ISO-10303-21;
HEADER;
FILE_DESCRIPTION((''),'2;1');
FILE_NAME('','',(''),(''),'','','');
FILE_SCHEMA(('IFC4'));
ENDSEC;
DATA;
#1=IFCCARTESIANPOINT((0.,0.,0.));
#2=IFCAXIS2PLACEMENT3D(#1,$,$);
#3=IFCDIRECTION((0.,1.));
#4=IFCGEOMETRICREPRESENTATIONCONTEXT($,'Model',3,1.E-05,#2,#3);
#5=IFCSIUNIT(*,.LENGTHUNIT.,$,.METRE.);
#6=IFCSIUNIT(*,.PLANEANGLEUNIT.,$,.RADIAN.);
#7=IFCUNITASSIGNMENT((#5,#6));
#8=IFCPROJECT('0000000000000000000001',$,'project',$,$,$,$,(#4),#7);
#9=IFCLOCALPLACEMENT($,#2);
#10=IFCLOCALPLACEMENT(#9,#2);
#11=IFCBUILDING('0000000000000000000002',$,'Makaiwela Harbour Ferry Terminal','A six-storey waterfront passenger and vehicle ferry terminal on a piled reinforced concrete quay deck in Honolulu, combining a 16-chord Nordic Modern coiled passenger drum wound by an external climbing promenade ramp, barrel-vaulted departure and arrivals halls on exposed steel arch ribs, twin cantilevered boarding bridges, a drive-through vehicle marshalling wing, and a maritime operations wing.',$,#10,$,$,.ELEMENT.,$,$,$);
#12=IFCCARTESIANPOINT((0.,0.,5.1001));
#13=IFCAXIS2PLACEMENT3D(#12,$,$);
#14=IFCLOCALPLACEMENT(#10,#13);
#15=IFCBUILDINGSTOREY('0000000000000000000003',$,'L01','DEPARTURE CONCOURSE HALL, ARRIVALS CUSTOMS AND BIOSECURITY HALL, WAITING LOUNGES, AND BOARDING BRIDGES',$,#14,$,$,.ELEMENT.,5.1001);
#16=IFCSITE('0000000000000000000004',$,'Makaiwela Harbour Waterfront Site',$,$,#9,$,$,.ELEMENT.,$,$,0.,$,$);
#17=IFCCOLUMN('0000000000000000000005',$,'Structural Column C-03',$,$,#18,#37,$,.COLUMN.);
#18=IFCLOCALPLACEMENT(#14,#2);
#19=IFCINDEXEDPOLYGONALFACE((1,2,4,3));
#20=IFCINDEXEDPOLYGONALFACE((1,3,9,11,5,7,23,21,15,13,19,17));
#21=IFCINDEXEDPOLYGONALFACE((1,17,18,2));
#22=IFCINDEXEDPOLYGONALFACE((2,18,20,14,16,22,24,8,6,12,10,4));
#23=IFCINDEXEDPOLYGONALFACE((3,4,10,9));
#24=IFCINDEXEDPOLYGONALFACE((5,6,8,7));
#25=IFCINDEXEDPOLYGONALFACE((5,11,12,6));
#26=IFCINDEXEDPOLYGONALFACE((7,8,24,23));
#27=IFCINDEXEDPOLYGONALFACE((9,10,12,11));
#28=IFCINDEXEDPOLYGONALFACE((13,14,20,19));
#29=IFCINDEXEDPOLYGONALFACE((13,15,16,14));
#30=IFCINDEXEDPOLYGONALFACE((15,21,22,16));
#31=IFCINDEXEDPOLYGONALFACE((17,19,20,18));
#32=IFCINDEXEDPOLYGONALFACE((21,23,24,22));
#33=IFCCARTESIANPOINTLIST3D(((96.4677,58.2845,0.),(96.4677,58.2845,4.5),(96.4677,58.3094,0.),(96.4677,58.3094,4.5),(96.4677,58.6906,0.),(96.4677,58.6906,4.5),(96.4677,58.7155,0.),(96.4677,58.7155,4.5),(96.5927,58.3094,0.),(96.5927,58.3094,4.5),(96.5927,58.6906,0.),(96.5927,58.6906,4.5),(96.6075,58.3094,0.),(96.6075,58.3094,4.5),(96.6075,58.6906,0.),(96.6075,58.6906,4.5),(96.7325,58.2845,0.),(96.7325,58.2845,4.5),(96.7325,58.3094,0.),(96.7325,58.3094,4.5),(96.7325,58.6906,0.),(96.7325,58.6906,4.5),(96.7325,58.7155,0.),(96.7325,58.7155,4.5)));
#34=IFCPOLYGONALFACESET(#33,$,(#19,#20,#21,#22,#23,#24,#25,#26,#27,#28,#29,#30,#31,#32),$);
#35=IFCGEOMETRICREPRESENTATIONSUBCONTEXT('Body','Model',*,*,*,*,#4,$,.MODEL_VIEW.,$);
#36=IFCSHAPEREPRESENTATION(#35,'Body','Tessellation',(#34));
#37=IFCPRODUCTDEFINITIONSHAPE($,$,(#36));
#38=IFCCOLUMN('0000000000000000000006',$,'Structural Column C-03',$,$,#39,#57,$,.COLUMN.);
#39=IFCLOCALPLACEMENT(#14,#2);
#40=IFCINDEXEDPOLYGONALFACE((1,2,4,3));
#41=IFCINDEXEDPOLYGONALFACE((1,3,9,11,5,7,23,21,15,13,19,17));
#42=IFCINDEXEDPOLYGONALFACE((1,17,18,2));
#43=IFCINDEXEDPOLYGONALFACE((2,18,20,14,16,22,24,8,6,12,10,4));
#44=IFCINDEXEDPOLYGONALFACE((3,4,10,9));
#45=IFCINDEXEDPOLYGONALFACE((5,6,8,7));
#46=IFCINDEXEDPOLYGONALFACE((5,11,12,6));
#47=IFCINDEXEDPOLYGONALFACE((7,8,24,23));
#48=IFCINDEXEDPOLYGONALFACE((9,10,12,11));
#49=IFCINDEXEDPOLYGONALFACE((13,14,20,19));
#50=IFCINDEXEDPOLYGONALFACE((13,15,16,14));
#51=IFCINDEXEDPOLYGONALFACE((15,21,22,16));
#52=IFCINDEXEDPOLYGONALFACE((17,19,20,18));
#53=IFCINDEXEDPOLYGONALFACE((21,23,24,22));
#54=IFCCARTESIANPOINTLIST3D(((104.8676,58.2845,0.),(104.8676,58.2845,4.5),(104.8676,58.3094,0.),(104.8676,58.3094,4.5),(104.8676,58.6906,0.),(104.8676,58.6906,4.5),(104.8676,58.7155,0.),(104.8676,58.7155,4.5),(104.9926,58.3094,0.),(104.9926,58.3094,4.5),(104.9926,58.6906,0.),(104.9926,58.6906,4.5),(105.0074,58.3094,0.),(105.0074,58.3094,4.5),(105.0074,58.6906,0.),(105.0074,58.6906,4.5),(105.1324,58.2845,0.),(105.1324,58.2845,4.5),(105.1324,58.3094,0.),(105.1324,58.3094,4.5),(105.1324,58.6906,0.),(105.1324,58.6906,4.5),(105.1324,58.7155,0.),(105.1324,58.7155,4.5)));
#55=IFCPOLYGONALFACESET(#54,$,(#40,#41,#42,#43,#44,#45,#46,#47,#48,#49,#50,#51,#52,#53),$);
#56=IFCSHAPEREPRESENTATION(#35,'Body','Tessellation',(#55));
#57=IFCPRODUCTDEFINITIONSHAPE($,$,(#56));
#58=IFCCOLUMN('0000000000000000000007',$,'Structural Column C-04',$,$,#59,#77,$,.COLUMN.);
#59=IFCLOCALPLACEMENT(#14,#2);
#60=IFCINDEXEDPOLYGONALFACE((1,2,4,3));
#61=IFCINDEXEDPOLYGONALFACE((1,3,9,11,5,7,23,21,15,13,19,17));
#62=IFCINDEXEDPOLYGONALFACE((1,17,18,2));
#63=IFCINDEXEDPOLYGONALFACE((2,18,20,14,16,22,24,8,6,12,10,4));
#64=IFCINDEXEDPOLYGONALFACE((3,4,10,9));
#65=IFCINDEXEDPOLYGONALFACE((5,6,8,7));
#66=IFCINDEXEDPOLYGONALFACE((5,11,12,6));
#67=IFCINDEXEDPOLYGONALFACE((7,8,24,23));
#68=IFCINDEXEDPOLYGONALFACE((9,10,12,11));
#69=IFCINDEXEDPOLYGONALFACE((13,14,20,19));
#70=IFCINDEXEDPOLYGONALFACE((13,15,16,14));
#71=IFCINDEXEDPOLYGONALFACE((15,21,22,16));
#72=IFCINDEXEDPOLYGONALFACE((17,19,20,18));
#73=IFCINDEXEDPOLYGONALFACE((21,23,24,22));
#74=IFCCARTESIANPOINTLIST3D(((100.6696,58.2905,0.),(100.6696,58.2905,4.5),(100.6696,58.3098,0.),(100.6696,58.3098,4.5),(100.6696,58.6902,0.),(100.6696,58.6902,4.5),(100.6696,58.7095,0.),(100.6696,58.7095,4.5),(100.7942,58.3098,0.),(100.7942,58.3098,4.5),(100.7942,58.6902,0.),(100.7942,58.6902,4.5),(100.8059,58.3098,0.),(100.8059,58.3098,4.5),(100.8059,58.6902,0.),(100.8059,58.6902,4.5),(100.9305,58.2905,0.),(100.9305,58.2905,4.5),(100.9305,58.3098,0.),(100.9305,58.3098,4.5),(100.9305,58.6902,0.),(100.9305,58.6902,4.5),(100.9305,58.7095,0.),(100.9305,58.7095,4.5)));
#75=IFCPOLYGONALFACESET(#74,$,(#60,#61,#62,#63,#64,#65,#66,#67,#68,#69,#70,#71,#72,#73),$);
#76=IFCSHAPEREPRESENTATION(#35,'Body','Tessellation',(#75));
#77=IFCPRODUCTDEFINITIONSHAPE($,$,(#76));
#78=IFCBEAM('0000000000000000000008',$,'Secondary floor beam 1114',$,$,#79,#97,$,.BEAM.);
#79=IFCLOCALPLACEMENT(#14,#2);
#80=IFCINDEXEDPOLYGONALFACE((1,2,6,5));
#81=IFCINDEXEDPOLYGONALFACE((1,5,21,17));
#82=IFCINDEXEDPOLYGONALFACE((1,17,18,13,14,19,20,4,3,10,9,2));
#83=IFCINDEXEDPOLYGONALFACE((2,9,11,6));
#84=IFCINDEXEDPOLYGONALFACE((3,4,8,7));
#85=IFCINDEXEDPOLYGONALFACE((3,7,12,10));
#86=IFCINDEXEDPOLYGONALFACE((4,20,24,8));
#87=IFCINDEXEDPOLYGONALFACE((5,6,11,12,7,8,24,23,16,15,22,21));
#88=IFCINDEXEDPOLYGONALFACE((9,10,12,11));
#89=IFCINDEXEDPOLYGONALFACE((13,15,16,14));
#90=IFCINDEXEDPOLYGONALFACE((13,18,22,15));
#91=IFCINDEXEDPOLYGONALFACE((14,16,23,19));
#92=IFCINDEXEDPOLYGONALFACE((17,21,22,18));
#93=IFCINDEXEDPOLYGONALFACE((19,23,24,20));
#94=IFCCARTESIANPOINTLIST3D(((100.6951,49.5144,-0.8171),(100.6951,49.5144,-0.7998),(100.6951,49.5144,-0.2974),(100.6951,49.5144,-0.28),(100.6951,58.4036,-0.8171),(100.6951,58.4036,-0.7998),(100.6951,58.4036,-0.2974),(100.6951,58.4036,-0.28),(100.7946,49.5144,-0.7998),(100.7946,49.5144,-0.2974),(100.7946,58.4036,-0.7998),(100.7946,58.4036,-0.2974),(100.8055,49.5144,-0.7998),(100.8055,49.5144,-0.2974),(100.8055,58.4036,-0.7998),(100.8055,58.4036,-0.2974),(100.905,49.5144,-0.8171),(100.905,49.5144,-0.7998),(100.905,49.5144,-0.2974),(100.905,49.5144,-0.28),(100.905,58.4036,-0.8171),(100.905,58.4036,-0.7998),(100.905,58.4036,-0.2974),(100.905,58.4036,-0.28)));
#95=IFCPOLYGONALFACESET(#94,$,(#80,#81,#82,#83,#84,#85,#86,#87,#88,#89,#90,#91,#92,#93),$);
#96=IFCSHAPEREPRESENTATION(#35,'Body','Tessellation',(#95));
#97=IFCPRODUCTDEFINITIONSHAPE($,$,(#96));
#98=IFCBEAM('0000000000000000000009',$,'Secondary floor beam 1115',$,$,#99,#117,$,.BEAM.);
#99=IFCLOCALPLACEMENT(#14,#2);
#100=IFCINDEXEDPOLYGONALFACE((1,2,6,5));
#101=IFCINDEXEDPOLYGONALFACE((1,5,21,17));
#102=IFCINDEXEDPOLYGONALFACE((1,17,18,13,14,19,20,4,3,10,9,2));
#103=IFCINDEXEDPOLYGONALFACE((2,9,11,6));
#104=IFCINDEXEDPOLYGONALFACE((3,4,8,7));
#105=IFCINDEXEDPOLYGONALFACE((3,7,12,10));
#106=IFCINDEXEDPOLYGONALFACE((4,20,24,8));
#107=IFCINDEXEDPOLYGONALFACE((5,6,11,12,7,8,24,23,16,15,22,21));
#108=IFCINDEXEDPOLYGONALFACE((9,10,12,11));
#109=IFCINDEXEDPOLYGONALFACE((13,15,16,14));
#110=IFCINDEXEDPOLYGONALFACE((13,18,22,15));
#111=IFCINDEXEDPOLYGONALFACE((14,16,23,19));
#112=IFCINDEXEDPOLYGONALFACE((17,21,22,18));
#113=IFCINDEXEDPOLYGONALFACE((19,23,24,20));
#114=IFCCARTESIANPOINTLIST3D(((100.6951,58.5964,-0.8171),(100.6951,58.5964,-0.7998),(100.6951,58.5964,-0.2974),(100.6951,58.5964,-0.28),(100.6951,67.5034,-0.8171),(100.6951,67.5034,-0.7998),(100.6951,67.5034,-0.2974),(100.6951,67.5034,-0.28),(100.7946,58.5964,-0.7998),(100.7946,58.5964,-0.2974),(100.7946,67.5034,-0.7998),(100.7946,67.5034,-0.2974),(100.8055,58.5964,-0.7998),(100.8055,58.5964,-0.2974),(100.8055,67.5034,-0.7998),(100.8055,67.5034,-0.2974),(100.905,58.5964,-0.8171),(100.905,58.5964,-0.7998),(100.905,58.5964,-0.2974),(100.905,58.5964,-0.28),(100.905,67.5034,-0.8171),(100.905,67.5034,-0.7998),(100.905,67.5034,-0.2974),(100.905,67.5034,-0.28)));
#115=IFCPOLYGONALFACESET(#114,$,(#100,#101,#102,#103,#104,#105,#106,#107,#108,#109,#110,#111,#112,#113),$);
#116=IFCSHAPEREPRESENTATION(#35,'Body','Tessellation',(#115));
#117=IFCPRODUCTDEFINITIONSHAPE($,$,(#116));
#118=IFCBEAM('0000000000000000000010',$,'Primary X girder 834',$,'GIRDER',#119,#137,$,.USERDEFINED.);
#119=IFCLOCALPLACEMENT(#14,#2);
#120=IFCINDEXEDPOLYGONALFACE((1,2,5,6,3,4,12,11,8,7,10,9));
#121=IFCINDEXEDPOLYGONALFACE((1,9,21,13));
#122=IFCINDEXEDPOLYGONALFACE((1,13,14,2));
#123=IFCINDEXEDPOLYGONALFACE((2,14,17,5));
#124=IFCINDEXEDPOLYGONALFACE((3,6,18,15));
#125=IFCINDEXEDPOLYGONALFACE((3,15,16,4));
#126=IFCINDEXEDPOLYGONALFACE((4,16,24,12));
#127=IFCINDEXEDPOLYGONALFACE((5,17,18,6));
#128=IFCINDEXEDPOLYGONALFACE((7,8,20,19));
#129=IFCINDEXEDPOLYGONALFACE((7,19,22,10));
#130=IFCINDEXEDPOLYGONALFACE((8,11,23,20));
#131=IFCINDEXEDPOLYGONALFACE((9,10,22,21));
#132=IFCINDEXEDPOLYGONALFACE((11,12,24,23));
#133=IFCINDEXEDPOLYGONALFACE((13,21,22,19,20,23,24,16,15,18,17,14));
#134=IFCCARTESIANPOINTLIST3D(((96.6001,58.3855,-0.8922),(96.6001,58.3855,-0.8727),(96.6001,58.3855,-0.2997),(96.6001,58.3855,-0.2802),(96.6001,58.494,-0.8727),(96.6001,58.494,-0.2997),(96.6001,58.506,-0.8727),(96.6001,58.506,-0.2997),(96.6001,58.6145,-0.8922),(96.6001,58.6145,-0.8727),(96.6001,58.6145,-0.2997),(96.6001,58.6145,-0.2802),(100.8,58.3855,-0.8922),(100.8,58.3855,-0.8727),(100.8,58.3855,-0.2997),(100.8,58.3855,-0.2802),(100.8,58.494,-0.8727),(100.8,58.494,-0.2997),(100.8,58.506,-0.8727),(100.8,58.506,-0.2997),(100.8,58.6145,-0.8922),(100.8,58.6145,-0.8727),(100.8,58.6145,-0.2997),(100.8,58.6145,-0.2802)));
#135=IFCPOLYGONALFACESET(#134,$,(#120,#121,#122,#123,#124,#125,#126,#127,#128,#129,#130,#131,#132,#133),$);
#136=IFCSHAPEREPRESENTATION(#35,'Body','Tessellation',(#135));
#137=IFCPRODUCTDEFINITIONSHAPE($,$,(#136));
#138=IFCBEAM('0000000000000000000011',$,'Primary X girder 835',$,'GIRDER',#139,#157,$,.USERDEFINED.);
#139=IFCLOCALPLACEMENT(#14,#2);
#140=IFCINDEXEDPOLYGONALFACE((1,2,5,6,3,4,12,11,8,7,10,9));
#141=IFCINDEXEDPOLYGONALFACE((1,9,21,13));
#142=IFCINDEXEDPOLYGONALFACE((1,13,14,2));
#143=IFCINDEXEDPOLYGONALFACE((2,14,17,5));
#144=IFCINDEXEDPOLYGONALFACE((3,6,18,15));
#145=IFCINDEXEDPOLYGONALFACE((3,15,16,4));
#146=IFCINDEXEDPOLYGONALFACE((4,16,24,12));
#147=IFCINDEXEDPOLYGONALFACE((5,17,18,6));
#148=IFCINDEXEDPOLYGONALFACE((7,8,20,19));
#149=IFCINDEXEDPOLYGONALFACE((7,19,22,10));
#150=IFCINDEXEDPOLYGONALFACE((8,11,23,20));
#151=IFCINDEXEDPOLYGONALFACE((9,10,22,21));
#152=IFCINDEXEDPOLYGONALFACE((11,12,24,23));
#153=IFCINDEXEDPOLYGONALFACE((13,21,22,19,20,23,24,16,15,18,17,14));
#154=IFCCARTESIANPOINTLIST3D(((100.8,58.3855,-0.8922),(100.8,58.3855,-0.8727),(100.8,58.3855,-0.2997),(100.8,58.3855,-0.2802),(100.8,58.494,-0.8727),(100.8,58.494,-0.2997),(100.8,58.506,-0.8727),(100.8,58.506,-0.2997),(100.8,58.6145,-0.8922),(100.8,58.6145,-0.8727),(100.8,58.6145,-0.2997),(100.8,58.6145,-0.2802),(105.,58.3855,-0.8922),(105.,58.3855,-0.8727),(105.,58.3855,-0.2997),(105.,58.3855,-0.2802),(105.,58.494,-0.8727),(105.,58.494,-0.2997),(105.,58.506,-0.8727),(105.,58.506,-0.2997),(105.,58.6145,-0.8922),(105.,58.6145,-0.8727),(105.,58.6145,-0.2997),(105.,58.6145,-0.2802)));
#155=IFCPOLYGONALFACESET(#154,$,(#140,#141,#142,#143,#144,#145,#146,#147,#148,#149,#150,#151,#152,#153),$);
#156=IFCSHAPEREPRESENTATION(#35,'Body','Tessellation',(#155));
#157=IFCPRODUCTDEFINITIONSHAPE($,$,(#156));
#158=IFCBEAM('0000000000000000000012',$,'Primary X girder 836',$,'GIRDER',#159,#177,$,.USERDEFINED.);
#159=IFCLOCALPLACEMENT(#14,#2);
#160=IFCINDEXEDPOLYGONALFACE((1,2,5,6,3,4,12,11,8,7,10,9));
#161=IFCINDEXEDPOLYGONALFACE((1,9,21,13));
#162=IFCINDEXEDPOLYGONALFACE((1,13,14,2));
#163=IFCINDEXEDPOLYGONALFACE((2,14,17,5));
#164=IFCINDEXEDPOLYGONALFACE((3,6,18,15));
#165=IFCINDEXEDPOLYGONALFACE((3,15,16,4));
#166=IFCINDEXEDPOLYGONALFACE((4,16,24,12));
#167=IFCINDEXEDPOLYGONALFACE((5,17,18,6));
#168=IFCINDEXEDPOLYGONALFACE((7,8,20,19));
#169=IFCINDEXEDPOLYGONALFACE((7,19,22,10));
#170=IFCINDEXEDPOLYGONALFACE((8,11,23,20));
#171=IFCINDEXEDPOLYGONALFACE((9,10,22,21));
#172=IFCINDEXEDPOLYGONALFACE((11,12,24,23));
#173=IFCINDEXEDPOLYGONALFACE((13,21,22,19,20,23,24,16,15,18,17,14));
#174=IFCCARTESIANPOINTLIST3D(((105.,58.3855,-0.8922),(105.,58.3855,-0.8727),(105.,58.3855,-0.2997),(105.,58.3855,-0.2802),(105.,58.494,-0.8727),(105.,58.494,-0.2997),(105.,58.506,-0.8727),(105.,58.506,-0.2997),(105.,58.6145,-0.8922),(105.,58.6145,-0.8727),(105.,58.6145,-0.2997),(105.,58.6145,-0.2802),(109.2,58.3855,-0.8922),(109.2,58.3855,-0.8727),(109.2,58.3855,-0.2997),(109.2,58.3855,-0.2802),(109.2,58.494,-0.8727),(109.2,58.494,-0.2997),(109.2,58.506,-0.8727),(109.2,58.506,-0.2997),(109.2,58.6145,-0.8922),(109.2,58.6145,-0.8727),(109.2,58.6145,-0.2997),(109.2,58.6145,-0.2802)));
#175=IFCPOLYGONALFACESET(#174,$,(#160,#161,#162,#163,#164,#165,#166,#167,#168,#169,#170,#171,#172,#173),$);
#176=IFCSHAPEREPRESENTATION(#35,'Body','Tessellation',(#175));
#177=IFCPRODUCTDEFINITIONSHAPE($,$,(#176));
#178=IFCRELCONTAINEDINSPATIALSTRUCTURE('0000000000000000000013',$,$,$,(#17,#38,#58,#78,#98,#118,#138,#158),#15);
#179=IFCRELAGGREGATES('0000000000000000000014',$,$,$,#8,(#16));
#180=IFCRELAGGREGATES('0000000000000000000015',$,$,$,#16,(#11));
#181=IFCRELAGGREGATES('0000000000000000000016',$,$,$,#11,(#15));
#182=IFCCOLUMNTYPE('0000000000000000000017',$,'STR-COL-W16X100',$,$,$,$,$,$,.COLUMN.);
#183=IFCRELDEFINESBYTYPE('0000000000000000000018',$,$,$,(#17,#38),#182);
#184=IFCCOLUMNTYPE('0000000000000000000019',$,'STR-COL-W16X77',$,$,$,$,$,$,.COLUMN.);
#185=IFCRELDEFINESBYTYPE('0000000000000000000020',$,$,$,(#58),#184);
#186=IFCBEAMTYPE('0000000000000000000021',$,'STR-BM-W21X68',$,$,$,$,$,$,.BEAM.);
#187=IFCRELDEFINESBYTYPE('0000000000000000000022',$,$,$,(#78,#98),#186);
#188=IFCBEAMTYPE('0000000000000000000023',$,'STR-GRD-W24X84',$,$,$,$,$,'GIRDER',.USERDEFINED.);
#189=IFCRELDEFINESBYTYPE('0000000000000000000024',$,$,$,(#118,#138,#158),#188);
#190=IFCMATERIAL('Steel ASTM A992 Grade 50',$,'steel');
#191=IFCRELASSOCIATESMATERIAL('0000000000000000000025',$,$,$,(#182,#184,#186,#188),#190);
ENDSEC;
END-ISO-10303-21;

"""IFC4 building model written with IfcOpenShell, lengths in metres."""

from ifc_helpers import new_model, si_unit, direction, frame, origin, origin_2d, place, context, subcontext, project, spatial, i_section, extrude, material, material_profile, profile_set, type_object, element, save


model = new_model("IFC4")

# Units and contexts
model_context = context("Model", 3, precision=1e-05, world=origin(), true_north=direction((0.0, 1.0)))
body_context = subcontext(model_context, "Body", "Model", "MODEL_VIEW")
ifc_project = project(units=[si_unit("LENGTHUNIT", "METRE"), si_unit("PLANEANGLEUNIT", "RADIAN")], contexts=[model_context])

# Site, building, storey
site_placement = place(None, origin())
site = spatial("IfcSite", under=ifc_project, at=site_placement, Name="Makaiwela Harbour Waterfront Site", CompositionType="ELEMENT", RefElevation=0.0)
building_placement = place(site_placement, origin())
building = spatial("IfcBuilding", under=site, at=building_placement, Name="Makaiwela Harbour Ferry Terminal", Description="A six-storey waterfront passenger and vehicle ferry terminal on a piled reinforced concrete quay deck in Honolulu, combining a 16-chord Nordic Modern coiled passenger drum wound by an external climbing promenade ramp, barrel-vaulted departure and arrivals halls on exposed steel arch ribs, twin cantilevered boarding bridges, a drive-through vehicle marshalling wing, and a maritime operations wing.", CompositionType="ELEMENT")
storey_placement = place(building_placement, frame((0.0, 0.0, 5.1001)))
storey = spatial("IfcBuildingStorey", under=building, at=storey_placement, Name="L01", Description="DEPARTURE CONCOURSE HALL, ARRIVALS CUSTOMS AND BIOSECURITY HALL, WAITING LOUNGES, AND BOARDING BRIDGES", CompositionType="ELEMENT", Elevation=5.1001)

# Columns
ifc_material_1 = material(Name="Steel ASTM A992 Grade 50", Category="steel")
ifc_material_profile_1 = material_profile(ifc_material_1, i_section(OverallWidth=0.2649, OverallDepth=0.4309, WebThickness=0.0149, FlangeThickness=0.0249, at=origin_2d()), Name="W16X100")
ifc_profile_set_1 = profile_set([ifc_material_profile_1], Name="Steel ASTM A992 Grade 50")
column_type_1 = type_object("IfcColumnType", Name="STR-COL-W16X100", PredefinedType="COLUMN", material=ifc_profile_set_1)
for number, where, z_axis, x_axis, name in (
    (1, (96.6001, 58.5, 0.0), (0.0, 0.0, 1.0), (1.0, 0.0, 0.0), "Structural Column C-03"),
    (2, (105.0, 58.5, 0.0), (0.0, 0.0, 1.0), (1.0, 0.0, 0.0), "Structural Column C-03"),
):
    element("IfcColumn", number, at=place(storey_placement, frame(where, z_axis=z_axis, x_axis=x_axis)), inside=storey, type_object=column_type_1, Name=name, PredefinedType="COLUMN", context=body_context, shape_type="SweptSolid", body=[
        extrude(i_section(OverallWidth=0.2649, OverallDepth=0.4309, WebThickness=0.0149, FlangeThickness=0.0249, at=origin_2d()), origin(), (0.0, 0.0, 1.0), 4.5),
    ])
ifc_material_profile_2 = material_profile(ifc_material_1, i_section(OverallWidth=0.261, OverallDepth=0.4189, WebThickness=0.0117, FlangeThickness=0.0193, at=origin_2d()), Name="W16X77")
ifc_profile_set_2 = profile_set([ifc_material_profile_2], Name="Steel ASTM A992 Grade 50")
column_type_2 = type_object("IfcColumnType", Name="STR-COL-W16X77", PredefinedType="COLUMN", material=ifc_profile_set_2)
column_placement = place(storey_placement, frame((100.8, 58.5, 0.0), z_axis=(0.0, 0.0, 1.0), x_axis=(1.0, 0.0, 0.0)))
element("IfcColumn", 3, at=column_placement, inside=storey, type_object=column_type_2, Name="Structural Column C-04", PredefinedType="COLUMN", context=body_context, shape_type="SweptSolid", body=[
    extrude(i_section(OverallWidth=0.261, OverallDepth=0.4189, WebThickness=0.0117, FlangeThickness=0.0193, at=origin_2d()), origin(), (0.0, 0.0, 1.0), 4.5),
])

# Beams
ifc_material_profile_3 = material_profile(ifc_material_1, i_section(OverallWidth=0.21, OverallDepth=0.5371, WebThickness=0.011, FlangeThickness=0.0173, at=origin_2d()), Name="W21X68")
ifc_profile_set_3 = profile_set([ifc_material_profile_3], Name="Steel ASTM A992 Grade 50")
beam_type_1 = type_object("IfcBeamType", Name="STR-BM-W21X68", PredefinedType="BEAM", material=ifc_profile_set_3)
beam_1_placement = place(storey_placement, frame((100.8, 49.5144, -0.5486), z_axis=(0.0, 1.0, 0.0), x_axis=(-1.0, 0.0, 0.0)))
element("IfcBeam", 4, at=beam_1_placement, inside=storey, type_object=beam_type_1, Name="Secondary floor beam 1114", PredefinedType="BEAM", context=body_context, shape_type="SweptSolid", body=[
    extrude(i_section(OverallWidth=0.21, OverallDepth=0.5371, WebThickness=0.011, FlangeThickness=0.0173, at=origin_2d()), origin(), (0.0, 0.0, 1.0), 8.8892),
])
beam_2_placement = place(storey_placement, frame((100.8, 58.5964, -0.5486), z_axis=(0.0, 1.0, 0.0), x_axis=(-1.0, 0.0, 0.0)))
element("IfcBeam", 5, at=beam_2_placement, inside=storey, type_object=beam_type_1, Name="Secondary floor beam 1115", PredefinedType="BEAM", context=body_context, shape_type="SweptSolid", body=[
    extrude(i_section(OverallWidth=0.21, OverallDepth=0.5371, WebThickness=0.011, FlangeThickness=0.0173, at=origin_2d()), origin(), (0.0, 0.0, 1.0), 8.907),
])
ifc_material_profile_4 = material_profile(ifc_material_1, i_section(OverallWidth=0.229, OverallDepth=0.6121, WebThickness=0.012, FlangeThickness=0.0195, at=origin_2d()), Name="W24X84")
ifc_profile_set_4 = profile_set([ifc_material_profile_4], Name="Steel ASTM A992 Grade 50")
beam_type_2 = type_object("IfcBeamType", Name="STR-GRD-W24X84", ElementType="GIRDER", PredefinedType="USERDEFINED", material=ifc_profile_set_4)
for number, where, z_axis, x_axis, name in (
    (6, (96.6001, 58.5, -0.5862), (1.0, 0.0, 0.0), (0.0, 1.0, 0.0), "Primary X girder 834"),
    (7, (100.8, 58.5, -0.5862), (1.0, 0.0, 0.0), (0.0, 1.0, 0.0), "Primary X girder 835"),
    (8, (105.0, 58.5, -0.5862), (1.0, 0.0, 0.0), (0.0, 1.0, 0.0), "Primary X girder 836"),
):
    element("IfcBeam", number, at=place(storey_placement, frame(where, z_axis=z_axis, x_axis=x_axis)), inside=storey, type_object=beam_type_2, Name=name, ObjectType="GIRDER", PredefinedType="USERDEFINED", context=body_context, shape_type="SweptSolid", body=[
        extrude(i_section(OverallWidth=0.229, OverallDepth=0.6121, WebThickness=0.012, FlangeThickness=0.0195, at=origin_2d()), origin(), (0.0, 0.0, 1.0), 4.2),
    ])

save(model, "model.ifc")
